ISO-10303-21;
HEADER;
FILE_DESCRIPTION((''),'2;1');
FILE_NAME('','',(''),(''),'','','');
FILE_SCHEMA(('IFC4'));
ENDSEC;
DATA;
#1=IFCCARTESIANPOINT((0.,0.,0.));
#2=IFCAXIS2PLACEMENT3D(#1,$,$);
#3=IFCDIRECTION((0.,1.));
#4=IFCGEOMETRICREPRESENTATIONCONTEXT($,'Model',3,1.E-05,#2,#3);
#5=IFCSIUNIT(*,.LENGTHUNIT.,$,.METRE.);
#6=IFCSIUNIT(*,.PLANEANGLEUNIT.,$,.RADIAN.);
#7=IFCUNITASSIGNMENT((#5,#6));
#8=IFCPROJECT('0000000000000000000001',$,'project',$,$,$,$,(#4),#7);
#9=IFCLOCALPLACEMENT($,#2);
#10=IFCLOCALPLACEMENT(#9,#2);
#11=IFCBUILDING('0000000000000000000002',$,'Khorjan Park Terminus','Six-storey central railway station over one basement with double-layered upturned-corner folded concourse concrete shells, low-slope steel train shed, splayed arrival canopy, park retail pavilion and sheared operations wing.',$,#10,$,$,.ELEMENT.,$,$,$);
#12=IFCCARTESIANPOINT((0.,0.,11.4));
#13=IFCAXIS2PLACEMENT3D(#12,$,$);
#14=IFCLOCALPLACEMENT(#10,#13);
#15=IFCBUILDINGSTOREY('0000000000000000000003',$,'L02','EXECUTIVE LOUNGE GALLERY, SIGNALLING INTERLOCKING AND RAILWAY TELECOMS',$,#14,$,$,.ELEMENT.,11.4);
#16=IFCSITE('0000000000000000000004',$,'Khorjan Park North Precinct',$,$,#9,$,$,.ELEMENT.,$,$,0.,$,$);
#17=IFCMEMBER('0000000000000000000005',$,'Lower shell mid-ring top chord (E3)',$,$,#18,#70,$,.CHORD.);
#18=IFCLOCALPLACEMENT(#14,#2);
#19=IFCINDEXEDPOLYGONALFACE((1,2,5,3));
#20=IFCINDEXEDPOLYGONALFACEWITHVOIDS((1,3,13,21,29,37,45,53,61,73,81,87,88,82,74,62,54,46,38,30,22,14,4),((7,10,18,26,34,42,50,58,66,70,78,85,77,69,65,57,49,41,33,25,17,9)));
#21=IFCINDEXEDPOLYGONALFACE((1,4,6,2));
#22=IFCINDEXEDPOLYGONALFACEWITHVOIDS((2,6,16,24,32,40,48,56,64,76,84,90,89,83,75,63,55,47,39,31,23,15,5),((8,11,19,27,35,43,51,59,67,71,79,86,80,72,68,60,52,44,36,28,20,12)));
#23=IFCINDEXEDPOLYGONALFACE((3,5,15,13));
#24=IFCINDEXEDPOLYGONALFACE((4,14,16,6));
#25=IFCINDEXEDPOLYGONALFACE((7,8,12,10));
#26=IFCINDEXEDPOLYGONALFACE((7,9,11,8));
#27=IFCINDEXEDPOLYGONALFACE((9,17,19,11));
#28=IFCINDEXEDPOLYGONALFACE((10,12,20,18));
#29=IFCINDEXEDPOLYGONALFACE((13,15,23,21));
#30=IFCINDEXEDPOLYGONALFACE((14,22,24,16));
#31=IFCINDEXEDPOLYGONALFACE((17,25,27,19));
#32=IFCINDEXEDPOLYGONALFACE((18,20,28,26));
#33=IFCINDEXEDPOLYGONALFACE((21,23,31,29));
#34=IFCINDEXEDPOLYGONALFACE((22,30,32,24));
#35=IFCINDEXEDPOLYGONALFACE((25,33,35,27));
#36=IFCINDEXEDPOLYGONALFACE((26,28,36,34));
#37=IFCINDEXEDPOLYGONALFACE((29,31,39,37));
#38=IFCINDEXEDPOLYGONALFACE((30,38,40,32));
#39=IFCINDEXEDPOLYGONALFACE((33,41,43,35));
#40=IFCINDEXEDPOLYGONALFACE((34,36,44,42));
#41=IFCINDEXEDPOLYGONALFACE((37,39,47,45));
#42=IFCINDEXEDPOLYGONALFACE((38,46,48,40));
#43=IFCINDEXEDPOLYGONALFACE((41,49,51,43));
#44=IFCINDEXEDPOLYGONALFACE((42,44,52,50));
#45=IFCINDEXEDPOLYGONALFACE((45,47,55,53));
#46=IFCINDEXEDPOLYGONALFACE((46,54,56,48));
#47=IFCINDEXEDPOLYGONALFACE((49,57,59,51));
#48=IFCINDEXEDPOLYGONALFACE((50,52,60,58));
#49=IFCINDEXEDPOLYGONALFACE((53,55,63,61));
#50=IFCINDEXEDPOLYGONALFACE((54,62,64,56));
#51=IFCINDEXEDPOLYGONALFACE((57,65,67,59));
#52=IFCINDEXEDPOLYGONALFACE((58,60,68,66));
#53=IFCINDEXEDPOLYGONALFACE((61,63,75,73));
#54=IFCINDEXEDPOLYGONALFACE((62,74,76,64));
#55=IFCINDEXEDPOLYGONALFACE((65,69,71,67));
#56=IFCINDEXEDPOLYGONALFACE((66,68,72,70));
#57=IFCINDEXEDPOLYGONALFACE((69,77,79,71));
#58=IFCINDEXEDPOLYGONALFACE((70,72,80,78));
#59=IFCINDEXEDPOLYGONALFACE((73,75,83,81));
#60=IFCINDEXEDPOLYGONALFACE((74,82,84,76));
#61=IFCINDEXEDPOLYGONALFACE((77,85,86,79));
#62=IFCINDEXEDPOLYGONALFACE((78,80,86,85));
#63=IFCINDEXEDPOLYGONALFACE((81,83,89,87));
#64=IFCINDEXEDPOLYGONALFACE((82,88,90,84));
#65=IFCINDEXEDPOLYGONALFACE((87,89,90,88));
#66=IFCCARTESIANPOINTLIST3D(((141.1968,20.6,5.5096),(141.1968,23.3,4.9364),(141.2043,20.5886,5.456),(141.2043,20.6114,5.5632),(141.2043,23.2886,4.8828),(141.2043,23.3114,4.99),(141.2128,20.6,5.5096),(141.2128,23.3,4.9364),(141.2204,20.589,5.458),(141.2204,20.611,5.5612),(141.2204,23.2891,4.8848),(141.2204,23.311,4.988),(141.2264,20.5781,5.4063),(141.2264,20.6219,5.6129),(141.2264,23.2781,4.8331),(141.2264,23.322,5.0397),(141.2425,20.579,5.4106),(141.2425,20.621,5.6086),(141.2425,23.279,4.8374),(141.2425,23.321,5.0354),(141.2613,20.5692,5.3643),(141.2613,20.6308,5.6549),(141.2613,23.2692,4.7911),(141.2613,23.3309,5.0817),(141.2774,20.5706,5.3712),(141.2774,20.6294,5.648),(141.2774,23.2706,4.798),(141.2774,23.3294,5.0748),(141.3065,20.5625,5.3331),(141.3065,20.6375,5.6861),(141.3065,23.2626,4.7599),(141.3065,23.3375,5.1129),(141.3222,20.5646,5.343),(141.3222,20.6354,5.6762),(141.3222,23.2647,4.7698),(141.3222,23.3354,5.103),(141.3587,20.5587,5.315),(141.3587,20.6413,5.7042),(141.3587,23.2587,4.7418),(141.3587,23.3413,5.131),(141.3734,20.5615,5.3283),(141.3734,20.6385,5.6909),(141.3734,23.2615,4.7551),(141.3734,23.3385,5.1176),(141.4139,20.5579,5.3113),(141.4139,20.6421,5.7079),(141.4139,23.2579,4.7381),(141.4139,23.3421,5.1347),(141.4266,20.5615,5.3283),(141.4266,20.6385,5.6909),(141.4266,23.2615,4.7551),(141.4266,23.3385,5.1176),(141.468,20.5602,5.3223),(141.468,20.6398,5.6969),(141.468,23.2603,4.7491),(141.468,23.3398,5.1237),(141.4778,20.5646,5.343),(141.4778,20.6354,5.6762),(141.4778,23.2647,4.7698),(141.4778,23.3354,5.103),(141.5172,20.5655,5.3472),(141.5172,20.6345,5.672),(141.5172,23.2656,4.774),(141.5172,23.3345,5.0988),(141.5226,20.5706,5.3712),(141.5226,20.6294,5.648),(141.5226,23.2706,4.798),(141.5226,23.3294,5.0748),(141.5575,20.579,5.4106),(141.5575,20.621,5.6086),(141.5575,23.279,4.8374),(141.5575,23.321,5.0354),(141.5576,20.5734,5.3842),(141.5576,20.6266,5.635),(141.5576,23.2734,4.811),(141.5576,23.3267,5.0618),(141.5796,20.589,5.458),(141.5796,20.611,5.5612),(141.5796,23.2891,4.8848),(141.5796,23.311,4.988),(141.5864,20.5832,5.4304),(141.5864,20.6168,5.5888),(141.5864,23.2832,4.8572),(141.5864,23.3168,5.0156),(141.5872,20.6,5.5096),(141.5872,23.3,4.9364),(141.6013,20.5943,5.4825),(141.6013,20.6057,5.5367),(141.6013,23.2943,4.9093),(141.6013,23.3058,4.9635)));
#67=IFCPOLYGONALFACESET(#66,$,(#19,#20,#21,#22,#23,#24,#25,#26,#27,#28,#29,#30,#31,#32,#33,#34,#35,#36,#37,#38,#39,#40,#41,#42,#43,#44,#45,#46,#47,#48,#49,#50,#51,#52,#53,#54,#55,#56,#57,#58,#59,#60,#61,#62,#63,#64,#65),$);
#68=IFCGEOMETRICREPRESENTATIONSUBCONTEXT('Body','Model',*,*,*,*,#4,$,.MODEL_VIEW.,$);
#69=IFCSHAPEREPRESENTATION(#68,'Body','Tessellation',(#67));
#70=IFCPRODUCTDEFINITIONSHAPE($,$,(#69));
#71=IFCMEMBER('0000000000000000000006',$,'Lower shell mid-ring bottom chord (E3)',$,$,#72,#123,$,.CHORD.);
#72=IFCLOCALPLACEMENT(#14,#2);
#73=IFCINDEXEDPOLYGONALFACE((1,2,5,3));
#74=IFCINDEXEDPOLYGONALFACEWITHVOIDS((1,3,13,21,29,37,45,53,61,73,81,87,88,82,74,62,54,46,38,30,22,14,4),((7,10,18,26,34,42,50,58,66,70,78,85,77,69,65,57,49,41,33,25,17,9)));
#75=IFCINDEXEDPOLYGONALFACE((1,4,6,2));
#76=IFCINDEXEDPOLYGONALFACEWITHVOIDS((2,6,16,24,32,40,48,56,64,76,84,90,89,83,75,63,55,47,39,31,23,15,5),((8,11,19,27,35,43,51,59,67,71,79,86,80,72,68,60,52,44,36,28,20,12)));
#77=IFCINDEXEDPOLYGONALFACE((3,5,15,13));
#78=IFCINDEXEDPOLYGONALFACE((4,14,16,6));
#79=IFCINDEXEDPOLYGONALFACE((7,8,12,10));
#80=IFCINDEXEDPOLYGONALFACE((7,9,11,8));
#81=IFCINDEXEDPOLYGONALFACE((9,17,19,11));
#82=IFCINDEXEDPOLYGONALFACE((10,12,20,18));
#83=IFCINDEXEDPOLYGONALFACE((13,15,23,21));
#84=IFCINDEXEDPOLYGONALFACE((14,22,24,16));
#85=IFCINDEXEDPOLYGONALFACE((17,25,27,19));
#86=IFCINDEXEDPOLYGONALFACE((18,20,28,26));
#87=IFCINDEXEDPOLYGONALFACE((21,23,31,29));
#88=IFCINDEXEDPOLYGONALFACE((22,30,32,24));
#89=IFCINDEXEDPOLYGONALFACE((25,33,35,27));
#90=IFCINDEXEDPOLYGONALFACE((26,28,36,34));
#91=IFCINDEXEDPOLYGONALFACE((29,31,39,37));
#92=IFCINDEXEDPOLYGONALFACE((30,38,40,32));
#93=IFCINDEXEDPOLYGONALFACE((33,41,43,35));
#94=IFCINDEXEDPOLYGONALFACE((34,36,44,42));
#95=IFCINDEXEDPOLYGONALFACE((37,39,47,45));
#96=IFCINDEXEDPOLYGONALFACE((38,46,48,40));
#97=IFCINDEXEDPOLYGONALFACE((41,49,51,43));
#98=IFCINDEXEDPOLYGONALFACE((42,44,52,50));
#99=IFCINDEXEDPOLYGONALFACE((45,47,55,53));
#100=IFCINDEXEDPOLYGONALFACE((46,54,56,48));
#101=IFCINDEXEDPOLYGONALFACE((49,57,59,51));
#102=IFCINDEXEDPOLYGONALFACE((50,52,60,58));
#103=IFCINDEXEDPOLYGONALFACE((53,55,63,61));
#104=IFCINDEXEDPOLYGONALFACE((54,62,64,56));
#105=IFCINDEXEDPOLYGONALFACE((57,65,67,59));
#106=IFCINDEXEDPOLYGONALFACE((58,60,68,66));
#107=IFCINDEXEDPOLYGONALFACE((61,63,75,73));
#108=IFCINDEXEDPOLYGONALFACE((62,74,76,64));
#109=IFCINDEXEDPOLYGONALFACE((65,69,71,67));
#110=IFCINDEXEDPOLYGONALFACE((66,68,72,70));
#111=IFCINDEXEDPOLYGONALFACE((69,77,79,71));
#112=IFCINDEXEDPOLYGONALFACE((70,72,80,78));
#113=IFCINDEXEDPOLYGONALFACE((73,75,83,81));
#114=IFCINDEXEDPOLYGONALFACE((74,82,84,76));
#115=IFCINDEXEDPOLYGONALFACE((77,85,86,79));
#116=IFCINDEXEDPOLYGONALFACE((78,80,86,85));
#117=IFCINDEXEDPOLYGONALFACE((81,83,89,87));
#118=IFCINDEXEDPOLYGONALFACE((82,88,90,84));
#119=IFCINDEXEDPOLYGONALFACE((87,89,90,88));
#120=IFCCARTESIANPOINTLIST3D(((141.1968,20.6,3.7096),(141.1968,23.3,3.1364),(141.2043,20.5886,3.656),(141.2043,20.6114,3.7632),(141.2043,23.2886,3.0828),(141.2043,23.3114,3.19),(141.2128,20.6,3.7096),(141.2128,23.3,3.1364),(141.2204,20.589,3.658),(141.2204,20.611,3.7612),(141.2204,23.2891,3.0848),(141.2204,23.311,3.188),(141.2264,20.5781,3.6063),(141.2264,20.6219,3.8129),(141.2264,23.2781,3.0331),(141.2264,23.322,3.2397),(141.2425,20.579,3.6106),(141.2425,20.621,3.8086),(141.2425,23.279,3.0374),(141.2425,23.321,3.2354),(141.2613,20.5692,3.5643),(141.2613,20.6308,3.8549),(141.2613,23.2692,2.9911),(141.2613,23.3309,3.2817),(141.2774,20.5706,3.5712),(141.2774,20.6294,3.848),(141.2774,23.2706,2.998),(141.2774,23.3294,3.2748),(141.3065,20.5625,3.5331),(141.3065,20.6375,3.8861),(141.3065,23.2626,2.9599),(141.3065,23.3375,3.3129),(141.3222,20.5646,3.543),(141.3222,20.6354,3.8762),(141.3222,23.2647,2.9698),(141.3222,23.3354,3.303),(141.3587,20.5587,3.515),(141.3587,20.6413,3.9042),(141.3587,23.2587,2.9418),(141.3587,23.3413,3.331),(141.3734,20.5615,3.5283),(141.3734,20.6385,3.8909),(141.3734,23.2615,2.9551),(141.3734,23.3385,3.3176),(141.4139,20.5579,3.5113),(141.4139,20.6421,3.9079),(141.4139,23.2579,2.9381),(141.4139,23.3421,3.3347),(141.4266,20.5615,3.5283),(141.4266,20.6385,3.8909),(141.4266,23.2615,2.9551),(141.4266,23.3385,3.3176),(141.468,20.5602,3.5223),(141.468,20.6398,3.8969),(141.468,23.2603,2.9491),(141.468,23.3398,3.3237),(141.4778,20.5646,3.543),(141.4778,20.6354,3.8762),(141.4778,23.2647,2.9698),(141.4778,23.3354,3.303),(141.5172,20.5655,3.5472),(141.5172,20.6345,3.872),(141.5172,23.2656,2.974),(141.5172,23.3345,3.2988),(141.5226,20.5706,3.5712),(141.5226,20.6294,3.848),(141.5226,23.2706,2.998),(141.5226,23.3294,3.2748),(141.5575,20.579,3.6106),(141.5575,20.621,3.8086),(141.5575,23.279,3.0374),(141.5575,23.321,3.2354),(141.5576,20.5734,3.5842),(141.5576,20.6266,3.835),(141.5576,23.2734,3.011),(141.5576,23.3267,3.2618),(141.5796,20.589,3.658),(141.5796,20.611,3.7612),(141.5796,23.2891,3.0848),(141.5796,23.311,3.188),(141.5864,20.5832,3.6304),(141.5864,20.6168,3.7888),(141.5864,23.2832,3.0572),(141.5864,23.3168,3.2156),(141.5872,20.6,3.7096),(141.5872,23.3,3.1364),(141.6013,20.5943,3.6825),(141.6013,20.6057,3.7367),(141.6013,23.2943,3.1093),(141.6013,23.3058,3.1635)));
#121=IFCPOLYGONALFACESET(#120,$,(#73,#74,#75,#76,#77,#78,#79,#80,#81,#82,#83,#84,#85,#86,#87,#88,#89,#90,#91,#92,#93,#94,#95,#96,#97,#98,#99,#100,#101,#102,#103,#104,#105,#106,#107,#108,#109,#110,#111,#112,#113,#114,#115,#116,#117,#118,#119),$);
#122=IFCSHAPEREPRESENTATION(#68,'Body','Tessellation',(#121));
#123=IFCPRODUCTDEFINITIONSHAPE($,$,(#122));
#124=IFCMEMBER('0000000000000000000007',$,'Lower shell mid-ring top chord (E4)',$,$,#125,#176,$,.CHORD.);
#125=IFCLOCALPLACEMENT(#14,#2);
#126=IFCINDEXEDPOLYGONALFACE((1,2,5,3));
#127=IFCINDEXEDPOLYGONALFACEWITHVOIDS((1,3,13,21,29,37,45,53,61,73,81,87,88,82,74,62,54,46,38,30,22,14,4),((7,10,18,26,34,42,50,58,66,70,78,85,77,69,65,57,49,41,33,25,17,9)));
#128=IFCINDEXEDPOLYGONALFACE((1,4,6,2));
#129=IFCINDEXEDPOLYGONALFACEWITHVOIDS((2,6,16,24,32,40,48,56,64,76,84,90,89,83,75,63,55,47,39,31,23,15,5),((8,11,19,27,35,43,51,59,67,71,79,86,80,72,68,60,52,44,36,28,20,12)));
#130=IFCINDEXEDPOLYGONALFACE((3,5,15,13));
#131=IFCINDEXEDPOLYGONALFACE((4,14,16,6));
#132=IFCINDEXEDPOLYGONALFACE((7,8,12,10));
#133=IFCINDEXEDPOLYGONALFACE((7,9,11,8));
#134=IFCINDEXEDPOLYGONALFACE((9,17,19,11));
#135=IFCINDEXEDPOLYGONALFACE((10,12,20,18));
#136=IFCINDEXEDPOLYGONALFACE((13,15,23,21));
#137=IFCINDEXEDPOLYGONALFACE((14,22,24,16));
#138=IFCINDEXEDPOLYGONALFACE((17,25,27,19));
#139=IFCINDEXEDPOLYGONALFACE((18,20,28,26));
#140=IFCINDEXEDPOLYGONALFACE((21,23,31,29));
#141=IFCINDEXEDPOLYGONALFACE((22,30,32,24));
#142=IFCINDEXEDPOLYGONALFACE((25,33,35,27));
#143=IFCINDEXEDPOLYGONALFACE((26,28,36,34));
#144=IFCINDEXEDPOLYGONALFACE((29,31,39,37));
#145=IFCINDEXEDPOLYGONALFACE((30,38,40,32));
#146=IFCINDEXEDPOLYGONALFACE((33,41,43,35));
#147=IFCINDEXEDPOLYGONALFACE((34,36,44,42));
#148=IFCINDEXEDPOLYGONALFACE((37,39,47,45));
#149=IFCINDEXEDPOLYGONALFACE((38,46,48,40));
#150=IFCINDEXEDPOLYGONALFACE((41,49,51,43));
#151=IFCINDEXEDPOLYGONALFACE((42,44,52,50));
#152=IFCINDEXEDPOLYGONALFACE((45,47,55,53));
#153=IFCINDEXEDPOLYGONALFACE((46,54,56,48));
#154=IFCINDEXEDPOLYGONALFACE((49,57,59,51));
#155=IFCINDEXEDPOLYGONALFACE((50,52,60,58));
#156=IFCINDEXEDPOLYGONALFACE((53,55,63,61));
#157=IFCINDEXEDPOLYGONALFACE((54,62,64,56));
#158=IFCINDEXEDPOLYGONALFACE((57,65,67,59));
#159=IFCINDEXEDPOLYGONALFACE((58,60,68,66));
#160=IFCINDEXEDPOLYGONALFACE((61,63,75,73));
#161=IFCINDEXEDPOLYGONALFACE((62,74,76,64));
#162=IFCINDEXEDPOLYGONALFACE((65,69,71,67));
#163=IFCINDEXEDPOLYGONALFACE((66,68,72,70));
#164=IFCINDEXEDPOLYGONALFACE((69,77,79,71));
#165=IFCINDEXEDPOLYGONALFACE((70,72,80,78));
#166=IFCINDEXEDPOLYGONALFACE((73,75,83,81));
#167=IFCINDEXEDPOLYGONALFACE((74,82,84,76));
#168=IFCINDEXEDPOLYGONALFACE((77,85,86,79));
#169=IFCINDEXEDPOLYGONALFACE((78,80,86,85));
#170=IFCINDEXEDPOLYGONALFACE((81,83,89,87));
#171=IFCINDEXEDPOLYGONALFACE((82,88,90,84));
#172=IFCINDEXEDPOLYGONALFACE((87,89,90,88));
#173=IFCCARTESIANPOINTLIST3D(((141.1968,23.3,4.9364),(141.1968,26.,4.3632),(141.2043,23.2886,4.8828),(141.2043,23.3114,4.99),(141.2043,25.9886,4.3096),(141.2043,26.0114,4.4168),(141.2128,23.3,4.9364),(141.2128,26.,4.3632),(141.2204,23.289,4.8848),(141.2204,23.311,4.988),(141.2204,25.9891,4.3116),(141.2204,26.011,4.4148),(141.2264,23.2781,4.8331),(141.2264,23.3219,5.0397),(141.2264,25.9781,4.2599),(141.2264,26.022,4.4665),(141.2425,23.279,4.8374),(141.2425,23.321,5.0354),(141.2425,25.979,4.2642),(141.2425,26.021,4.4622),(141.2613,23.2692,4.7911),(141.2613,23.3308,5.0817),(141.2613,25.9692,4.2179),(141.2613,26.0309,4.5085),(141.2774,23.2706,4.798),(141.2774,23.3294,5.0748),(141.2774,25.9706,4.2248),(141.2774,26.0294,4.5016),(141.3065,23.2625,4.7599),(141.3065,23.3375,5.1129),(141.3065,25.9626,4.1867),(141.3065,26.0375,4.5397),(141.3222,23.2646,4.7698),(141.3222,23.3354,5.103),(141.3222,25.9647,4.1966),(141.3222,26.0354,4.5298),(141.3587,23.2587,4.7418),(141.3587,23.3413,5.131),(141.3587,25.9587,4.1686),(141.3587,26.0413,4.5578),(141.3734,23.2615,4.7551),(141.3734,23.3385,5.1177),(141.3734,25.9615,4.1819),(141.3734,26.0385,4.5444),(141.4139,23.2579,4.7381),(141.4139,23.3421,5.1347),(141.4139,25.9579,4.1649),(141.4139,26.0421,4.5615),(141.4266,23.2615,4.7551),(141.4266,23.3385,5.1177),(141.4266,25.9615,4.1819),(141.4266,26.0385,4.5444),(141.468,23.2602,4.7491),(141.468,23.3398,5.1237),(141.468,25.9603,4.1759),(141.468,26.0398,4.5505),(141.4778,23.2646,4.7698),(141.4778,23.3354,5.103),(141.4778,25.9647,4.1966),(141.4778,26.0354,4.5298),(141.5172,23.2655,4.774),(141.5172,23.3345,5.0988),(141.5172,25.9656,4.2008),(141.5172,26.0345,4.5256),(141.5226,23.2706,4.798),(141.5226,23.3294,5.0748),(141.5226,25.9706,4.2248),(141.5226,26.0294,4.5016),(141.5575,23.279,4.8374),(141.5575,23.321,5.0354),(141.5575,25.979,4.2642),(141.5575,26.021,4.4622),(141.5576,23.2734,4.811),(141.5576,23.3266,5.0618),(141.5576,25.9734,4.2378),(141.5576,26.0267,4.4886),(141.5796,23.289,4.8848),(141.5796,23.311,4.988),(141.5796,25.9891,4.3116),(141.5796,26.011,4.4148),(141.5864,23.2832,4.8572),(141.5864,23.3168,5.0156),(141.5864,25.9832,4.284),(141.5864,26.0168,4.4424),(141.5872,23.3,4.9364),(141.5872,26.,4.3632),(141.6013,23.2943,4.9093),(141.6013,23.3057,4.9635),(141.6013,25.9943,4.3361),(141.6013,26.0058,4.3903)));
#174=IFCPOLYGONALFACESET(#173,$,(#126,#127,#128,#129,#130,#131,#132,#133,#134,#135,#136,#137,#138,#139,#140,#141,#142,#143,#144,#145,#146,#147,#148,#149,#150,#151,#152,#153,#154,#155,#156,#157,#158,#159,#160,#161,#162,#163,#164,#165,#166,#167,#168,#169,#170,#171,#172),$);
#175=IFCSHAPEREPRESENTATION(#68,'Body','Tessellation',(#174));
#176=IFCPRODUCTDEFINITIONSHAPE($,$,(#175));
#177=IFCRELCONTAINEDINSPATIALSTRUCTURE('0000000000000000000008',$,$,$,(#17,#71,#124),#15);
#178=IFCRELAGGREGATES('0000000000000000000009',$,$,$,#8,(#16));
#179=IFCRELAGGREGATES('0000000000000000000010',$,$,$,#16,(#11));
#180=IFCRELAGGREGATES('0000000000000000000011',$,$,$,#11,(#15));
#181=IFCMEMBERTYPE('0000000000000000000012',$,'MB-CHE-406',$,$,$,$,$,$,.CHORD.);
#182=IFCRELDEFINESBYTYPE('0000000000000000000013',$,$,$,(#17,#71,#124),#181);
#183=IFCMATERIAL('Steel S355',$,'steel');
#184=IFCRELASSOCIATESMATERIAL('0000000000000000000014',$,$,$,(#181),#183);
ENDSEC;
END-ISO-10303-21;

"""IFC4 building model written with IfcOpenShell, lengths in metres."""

from ifc_helpers import new_model, si_unit, direction, frame, origin, origin_2d, place, context, subcontext, project, spatial, hollow_circle, extrude, material, material_profile, profile_set, type_object, element, save


model = new_model("IFC4")

# Units and contexts
model_context = context("Model", 3, precision=1e-05, world=origin(), true_north=direction((0.0, 1.0)))
body_context = subcontext(model_context, "Body", "Model", "MODEL_VIEW")
ifc_project = project(units=[si_unit("LENGTHUNIT", "METRE"), si_unit("PLANEANGLEUNIT", "RADIAN")], contexts=[model_context])

# Site, building, storey
site_placement = place(None, origin())
site = spatial("IfcSite", under=ifc_project, at=site_placement, Name="Khorjan Park North Precinct", CompositionType="ELEMENT", RefElevation=0.0)
building_placement = place(site_placement, origin())
building = spatial("IfcBuilding", under=site, at=building_placement, Name="Khorjan Park Terminus", Description="Six-storey central railway station over one basement with double-layered upturned-corner folded concourse concrete shells, low-slope steel train shed, splayed arrival canopy, park retail pavilion and sheared operations wing.", CompositionType="ELEMENT")
storey_placement = place(building_placement, frame((0.0, 0.0, 11.4)))
storey = spatial("IfcBuildingStorey", under=building, at=storey_placement, Name="L02", Description="EXECUTIVE LOUNGE GALLERY, SIGNALLING INTERLOCKING AND RAILWAY TELECOMS", CompositionType="ELEMENT", Elevation=11.4)

# Members
ifc_material_1 = material(Name="Steel S355", Category="steel")
ifc_material_profile_1 = material_profile(ifc_material_1, hollow_circle(Radius=0.2032, WallThickness=0.016, at=origin_2d()), Name="CHS 406.4x16")
ifc_profile_set_1 = profile_set([ifc_material_profile_1], Name="Steel S355")
member_type_1 = type_object("IfcMemberType", Name="MB-CHE-406", PredefinedType="CHORD", material=ifc_profile_set_1)
for number, where, z_axis, x_axis, name in (
    (1, (141.4, 20.6, 5.5096), (0.0, 0.978199, -0.207668), (-1.0, 0.0, 0.0), "Lower shell mid-ring top chord (E3)"),
    (2, (141.4, 20.6, 3.7096), (0.0, 0.978199, -0.207668), (-1.0, 0.0, 0.0), "Lower shell mid-ring bottom chord (E3)"),
    (3, (141.4, 23.3, 4.9364), (0.0, 0.978199, -0.207668), (-1.0, 0.0, 0.0), "Lower shell mid-ring top chord (E4)"),
):
    element("IfcMember", number, at=place(storey_placement, frame(where, z_axis=z_axis, x_axis=x_axis)), inside=storey, type_object=member_type_1, Name=name, PredefinedType="CHORD", context=body_context, shape_type="SweptSolid", body=[
        extrude(hollow_circle(Radius=0.2032, WallThickness=0.016, at=origin_2d()), origin(), (0.0, 0.0, 1.0), 2.7602),
    ])

save(model, "model.ifc")
